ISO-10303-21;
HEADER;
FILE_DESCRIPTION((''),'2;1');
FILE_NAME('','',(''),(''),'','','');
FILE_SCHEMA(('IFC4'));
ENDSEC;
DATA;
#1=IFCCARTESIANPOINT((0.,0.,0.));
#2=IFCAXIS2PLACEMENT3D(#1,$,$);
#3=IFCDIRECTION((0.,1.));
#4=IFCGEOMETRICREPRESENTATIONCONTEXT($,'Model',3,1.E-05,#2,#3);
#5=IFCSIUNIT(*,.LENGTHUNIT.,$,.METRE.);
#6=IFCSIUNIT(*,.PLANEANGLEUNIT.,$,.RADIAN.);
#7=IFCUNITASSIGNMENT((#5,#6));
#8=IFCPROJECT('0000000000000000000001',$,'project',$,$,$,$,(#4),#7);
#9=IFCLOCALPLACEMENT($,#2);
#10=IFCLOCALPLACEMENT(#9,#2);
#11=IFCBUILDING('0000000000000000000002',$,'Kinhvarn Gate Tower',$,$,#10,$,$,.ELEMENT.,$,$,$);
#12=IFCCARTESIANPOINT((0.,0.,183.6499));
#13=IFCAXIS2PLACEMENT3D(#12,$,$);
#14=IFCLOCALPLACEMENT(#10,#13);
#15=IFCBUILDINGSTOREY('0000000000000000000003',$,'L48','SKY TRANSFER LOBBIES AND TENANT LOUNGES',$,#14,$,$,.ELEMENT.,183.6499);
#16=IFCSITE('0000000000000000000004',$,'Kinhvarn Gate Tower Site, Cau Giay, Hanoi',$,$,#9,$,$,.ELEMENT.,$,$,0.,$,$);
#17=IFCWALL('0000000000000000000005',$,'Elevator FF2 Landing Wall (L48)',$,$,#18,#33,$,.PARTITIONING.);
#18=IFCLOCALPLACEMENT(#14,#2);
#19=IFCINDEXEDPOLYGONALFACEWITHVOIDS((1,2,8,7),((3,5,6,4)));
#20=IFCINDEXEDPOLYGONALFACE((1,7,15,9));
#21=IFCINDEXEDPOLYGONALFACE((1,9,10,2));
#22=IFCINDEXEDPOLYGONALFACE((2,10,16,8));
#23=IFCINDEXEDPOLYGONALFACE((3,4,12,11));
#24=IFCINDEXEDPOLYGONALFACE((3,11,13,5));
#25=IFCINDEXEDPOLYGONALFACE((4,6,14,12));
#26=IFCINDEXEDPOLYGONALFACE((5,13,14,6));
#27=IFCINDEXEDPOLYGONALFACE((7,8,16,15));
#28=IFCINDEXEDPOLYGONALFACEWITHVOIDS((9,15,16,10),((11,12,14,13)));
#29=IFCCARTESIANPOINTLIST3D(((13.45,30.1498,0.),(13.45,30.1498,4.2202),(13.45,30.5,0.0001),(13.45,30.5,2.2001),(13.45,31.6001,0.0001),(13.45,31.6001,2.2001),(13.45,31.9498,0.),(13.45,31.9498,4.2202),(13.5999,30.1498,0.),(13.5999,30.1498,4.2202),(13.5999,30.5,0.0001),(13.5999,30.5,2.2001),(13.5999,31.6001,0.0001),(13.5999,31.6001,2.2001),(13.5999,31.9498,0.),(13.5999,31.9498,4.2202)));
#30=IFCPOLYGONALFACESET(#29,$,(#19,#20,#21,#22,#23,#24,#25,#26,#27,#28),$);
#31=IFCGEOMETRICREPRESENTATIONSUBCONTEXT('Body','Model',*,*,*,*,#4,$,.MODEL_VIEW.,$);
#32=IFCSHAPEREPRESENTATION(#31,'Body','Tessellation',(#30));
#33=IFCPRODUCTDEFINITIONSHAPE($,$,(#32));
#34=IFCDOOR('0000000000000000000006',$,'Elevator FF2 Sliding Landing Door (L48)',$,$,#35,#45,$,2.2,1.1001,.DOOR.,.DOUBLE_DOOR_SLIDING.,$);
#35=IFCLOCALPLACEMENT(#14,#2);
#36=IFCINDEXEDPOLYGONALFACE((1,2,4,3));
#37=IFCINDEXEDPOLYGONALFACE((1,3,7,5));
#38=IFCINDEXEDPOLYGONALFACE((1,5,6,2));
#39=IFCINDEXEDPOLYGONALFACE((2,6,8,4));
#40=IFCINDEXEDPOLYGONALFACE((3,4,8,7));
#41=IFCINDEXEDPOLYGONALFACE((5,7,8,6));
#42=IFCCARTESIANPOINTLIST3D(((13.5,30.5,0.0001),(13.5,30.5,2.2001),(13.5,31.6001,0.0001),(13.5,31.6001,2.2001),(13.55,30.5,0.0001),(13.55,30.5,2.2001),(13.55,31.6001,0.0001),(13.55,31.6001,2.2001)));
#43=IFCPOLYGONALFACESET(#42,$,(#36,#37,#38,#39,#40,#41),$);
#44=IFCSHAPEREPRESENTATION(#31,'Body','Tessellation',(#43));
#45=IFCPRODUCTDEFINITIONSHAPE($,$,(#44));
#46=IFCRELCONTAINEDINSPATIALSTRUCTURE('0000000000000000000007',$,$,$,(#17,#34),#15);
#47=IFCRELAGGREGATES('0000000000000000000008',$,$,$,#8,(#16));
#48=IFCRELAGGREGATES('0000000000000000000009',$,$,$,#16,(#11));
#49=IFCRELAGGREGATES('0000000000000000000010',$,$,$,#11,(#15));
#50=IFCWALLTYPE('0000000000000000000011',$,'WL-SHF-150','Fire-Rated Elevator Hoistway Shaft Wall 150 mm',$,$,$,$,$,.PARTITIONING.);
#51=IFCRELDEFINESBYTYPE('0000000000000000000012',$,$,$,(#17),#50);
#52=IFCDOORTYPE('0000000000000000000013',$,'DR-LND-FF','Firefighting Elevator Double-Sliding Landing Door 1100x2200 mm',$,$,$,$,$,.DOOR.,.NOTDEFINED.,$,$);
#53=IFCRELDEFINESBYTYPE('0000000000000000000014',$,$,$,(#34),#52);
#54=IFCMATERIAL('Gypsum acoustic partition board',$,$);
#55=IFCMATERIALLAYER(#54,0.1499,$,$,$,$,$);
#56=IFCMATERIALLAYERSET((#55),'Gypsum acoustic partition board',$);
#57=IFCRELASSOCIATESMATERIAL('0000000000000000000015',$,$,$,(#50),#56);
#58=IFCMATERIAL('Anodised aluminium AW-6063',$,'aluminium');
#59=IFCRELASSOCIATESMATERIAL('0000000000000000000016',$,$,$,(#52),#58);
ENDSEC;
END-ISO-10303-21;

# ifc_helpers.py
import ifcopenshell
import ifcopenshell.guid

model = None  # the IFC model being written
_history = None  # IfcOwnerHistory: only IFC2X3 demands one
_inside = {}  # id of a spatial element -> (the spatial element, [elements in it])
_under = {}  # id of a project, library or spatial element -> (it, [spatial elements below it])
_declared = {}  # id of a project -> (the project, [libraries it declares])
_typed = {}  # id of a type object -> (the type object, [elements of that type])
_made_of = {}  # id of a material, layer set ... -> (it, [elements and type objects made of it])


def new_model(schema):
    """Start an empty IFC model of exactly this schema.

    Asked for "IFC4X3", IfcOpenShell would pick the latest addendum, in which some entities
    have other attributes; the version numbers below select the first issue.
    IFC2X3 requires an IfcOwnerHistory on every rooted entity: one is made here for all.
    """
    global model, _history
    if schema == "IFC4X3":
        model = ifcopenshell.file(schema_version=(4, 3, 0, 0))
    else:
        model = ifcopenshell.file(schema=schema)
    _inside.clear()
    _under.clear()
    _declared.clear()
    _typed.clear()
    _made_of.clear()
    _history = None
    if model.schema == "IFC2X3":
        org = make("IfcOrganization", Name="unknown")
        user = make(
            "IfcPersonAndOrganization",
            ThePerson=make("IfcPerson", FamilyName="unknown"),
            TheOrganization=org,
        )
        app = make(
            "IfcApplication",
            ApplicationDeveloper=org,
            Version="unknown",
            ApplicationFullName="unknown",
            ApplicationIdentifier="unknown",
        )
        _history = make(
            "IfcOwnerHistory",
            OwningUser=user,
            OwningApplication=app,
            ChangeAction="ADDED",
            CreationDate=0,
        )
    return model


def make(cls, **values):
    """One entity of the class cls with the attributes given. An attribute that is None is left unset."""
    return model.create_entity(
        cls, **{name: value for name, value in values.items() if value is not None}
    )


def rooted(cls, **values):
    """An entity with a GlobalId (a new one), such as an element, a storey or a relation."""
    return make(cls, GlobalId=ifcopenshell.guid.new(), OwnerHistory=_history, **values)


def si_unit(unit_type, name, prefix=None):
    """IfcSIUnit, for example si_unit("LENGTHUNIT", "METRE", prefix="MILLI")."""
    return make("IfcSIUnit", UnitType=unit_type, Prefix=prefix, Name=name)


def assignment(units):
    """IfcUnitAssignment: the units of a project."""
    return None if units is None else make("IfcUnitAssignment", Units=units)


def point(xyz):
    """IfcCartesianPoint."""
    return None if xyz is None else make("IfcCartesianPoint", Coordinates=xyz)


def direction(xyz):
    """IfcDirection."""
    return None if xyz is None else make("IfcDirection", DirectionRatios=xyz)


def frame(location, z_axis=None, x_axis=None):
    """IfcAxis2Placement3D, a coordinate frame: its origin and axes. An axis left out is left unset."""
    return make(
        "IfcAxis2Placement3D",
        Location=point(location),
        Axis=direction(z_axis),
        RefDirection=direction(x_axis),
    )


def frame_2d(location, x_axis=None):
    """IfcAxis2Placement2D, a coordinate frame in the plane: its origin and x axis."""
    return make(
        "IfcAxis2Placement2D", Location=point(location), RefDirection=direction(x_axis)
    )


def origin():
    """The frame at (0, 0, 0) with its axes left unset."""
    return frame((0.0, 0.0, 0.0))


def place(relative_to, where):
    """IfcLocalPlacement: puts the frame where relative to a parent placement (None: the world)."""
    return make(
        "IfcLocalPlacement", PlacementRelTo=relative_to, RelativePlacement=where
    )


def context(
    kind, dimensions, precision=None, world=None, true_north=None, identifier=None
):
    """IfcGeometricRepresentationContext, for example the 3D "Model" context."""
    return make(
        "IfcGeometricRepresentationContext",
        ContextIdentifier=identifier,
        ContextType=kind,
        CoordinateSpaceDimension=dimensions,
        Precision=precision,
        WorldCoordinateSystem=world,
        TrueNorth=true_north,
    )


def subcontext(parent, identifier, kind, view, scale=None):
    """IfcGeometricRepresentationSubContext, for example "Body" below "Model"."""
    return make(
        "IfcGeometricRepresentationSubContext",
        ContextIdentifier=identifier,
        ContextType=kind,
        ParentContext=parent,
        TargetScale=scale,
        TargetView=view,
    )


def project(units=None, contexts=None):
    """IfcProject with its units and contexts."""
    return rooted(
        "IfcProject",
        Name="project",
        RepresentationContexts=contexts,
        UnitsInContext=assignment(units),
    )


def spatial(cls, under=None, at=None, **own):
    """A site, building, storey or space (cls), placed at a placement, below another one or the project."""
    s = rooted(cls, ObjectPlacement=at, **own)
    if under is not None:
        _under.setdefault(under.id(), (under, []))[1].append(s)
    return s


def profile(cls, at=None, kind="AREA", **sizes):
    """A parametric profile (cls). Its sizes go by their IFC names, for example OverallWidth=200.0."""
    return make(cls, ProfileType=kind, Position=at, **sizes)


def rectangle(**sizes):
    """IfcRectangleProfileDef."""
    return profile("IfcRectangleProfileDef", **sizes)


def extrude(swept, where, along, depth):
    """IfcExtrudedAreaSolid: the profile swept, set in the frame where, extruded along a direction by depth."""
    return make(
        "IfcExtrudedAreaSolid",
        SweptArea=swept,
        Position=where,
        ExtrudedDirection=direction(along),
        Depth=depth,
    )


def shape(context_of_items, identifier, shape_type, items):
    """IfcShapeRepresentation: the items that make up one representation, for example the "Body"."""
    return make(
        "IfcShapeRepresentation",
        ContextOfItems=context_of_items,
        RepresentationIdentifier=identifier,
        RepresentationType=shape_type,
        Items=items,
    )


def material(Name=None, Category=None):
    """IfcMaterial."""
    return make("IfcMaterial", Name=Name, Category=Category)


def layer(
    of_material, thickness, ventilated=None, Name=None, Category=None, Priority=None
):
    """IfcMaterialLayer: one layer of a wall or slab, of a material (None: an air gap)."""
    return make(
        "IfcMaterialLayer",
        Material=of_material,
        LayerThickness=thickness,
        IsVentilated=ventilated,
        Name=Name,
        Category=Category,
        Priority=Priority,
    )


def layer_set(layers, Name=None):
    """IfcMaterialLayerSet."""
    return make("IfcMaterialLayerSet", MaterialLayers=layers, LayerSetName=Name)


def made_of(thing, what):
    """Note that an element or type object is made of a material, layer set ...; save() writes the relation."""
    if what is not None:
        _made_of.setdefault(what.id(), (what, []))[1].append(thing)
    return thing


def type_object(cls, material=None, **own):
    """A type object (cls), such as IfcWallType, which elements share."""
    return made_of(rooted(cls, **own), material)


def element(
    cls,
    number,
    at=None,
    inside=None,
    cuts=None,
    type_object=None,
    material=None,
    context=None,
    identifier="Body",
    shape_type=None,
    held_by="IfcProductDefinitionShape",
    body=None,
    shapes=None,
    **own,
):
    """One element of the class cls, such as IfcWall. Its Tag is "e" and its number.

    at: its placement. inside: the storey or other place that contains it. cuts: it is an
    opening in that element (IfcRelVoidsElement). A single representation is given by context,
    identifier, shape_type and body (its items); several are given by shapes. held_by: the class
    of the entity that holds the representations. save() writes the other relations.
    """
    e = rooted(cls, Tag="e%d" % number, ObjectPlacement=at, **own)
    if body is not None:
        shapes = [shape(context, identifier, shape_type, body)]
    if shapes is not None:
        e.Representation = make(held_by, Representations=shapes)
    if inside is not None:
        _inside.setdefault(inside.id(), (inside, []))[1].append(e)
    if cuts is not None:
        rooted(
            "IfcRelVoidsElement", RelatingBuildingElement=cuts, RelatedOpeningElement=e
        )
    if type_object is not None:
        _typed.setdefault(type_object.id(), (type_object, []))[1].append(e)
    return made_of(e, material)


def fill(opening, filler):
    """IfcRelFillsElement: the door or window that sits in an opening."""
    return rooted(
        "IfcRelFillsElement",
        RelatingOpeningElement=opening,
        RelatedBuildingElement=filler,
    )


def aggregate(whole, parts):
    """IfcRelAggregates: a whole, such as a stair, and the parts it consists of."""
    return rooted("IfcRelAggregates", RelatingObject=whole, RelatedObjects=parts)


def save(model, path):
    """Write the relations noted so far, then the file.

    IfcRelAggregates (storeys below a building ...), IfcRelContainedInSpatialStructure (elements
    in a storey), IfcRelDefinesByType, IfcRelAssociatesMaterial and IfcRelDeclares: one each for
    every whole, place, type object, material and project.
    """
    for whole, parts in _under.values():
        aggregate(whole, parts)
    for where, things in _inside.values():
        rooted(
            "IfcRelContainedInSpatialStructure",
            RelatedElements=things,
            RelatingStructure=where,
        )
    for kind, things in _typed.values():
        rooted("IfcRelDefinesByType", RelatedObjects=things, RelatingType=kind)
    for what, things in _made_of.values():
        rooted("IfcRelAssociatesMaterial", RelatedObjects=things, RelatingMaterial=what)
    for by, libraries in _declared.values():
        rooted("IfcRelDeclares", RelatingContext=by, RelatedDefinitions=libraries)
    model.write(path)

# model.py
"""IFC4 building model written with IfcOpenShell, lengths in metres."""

from ifc_helpers import new_model, si_unit, direction, frame, frame_2d, origin, place, context, subcontext, project, spatial, rectangle, extrude, material, layer, layer_set, type_object, element, fill, save


model = new_model("IFC4")

# Units and contexts
model_context = context("Model", 3, precision=1e-05, world=origin(), true_north=direction((0.0, 1.0)))
body_context = subcontext(model_context, "Body", "Model", "MODEL_VIEW")
ifc_project = project(units=[si_unit("LENGTHUNIT", "METRE"), si_unit("PLANEANGLEUNIT", "RADIAN")], contexts=[model_context])

# Site, building, storey
site_placement = place(None, origin())
site = spatial("IfcSite", under=ifc_project, at=site_placement, Name="Kinhvarn Gate Tower Site, Cau Giay, Hanoi", CompositionType="ELEMENT", RefElevation=0.0)
building_placement = place(site_placement, origin())
building = spatial("IfcBuilding", under=site, at=building_placement, Name="Kinhvarn Gate Tower", CompositionType="ELEMENT")
storey_placement = place(building_placement, frame((0.0, 0.0, 183.6499)))
storey = spatial("IfcBuildingStorey", under=building, at=storey_placement, Name="L48", Description="SKY TRANSFER LOBBIES AND TENANT LOUNGES", CompositionType="ELEMENT", Elevation=183.6499)

# Shared definitions
ifc_material_1 = material(Name="Anodised aluminium AW-6063", Category="aluminium")

# Shared definitions
ifc_material_2 = material(Name="Gypsum acoustic partition board")

# Shared definitions
ifc_layer_1 = layer(ifc_material_2, 0.1499)
ifc_layer_set_1 = layer_set([ifc_layer_1], Name="Gypsum acoustic partition board")
wall_type_1 = type_object("IfcWallType", Name="WL-SHF-150", Description="Fire-Rated Elevator Hoistway Shaft Wall 150 mm", PredefinedType="PARTITIONING", material=ifc_layer_set_1)

# Wall, opening, door
wall_1_placement = place(storey_placement, frame((13.5249, 30.1499, 0.0), z_axis=(0.0, 0.0, 1.0), x_axis=(0.0, 1.0, 0.0)))
wall_1 = element("IfcWall", 1, at=wall_1_placement, inside=storey, type_object=wall_type_1, Name="Elevator FF2 Landing Wall (L48)", PredefinedType="PARTITIONING", context=body_context, shape_type="SweptSolid", body=[
    extrude(rectangle(XDim=1.8, YDim=0.1499, at=frame_2d((0.8999, 0.0))), origin(), (0.0, 0.0, 1.0), 4.2202),
])
opening_1_placement = place(wall_1_placement, frame((0.3501, 0.0, 0.0)))
opening_1 = element("IfcOpeningElement", 2, at=opening_1_placement, cuts=wall_1, PredefinedType="OPENING", context=body_context, shape_type="SweptSolid", body=[
    extrude(rectangle(XDim=1.1001, YDim=2.2, at=frame_2d((0.55, 1.1001))), frame((0.0, 0.085, 0.0), z_axis=(0.0, -1.0, 0.0), x_axis=(1.0, 0.0, 0.0)), (0.0, 0.0, 1.0), 0.1699),
])
door_type_1 = type_object("IfcDoorType", Name="DR-LND-FF", Description="Firefighting Elevator Double-Sliding Landing Door 1100x2200 mm", OperationType="NOTDEFINED", PredefinedType="DOOR", material=ifc_material_1)
door_1_placement = place(opening_1_placement, origin())
door_1 = element("IfcDoor", 3, at=door_1_placement, inside=storey, type_object=door_type_1, Name="Elevator FF2 Sliding Landing Door (L48)", OperationType="DOUBLE_DOOR_SLIDING", OverallHeight=2.2, OverallWidth=1.1001, PredefinedType="DOOR", context=body_context, shape_type="SweptSolid", body=[
    extrude(rectangle(XDim=1.1001, YDim=2.2, at=frame_2d((0.55, 1.1001))), frame((0.0, 0.0249, 0.0), z_axis=(0.0, -1.0, 0.0), x_axis=(1.0, 0.0, 0.0)), (0.0, 0.0, 1.0), 0.05),
])
fill(opening_1, door_1)

save(model, "model.ifc")
